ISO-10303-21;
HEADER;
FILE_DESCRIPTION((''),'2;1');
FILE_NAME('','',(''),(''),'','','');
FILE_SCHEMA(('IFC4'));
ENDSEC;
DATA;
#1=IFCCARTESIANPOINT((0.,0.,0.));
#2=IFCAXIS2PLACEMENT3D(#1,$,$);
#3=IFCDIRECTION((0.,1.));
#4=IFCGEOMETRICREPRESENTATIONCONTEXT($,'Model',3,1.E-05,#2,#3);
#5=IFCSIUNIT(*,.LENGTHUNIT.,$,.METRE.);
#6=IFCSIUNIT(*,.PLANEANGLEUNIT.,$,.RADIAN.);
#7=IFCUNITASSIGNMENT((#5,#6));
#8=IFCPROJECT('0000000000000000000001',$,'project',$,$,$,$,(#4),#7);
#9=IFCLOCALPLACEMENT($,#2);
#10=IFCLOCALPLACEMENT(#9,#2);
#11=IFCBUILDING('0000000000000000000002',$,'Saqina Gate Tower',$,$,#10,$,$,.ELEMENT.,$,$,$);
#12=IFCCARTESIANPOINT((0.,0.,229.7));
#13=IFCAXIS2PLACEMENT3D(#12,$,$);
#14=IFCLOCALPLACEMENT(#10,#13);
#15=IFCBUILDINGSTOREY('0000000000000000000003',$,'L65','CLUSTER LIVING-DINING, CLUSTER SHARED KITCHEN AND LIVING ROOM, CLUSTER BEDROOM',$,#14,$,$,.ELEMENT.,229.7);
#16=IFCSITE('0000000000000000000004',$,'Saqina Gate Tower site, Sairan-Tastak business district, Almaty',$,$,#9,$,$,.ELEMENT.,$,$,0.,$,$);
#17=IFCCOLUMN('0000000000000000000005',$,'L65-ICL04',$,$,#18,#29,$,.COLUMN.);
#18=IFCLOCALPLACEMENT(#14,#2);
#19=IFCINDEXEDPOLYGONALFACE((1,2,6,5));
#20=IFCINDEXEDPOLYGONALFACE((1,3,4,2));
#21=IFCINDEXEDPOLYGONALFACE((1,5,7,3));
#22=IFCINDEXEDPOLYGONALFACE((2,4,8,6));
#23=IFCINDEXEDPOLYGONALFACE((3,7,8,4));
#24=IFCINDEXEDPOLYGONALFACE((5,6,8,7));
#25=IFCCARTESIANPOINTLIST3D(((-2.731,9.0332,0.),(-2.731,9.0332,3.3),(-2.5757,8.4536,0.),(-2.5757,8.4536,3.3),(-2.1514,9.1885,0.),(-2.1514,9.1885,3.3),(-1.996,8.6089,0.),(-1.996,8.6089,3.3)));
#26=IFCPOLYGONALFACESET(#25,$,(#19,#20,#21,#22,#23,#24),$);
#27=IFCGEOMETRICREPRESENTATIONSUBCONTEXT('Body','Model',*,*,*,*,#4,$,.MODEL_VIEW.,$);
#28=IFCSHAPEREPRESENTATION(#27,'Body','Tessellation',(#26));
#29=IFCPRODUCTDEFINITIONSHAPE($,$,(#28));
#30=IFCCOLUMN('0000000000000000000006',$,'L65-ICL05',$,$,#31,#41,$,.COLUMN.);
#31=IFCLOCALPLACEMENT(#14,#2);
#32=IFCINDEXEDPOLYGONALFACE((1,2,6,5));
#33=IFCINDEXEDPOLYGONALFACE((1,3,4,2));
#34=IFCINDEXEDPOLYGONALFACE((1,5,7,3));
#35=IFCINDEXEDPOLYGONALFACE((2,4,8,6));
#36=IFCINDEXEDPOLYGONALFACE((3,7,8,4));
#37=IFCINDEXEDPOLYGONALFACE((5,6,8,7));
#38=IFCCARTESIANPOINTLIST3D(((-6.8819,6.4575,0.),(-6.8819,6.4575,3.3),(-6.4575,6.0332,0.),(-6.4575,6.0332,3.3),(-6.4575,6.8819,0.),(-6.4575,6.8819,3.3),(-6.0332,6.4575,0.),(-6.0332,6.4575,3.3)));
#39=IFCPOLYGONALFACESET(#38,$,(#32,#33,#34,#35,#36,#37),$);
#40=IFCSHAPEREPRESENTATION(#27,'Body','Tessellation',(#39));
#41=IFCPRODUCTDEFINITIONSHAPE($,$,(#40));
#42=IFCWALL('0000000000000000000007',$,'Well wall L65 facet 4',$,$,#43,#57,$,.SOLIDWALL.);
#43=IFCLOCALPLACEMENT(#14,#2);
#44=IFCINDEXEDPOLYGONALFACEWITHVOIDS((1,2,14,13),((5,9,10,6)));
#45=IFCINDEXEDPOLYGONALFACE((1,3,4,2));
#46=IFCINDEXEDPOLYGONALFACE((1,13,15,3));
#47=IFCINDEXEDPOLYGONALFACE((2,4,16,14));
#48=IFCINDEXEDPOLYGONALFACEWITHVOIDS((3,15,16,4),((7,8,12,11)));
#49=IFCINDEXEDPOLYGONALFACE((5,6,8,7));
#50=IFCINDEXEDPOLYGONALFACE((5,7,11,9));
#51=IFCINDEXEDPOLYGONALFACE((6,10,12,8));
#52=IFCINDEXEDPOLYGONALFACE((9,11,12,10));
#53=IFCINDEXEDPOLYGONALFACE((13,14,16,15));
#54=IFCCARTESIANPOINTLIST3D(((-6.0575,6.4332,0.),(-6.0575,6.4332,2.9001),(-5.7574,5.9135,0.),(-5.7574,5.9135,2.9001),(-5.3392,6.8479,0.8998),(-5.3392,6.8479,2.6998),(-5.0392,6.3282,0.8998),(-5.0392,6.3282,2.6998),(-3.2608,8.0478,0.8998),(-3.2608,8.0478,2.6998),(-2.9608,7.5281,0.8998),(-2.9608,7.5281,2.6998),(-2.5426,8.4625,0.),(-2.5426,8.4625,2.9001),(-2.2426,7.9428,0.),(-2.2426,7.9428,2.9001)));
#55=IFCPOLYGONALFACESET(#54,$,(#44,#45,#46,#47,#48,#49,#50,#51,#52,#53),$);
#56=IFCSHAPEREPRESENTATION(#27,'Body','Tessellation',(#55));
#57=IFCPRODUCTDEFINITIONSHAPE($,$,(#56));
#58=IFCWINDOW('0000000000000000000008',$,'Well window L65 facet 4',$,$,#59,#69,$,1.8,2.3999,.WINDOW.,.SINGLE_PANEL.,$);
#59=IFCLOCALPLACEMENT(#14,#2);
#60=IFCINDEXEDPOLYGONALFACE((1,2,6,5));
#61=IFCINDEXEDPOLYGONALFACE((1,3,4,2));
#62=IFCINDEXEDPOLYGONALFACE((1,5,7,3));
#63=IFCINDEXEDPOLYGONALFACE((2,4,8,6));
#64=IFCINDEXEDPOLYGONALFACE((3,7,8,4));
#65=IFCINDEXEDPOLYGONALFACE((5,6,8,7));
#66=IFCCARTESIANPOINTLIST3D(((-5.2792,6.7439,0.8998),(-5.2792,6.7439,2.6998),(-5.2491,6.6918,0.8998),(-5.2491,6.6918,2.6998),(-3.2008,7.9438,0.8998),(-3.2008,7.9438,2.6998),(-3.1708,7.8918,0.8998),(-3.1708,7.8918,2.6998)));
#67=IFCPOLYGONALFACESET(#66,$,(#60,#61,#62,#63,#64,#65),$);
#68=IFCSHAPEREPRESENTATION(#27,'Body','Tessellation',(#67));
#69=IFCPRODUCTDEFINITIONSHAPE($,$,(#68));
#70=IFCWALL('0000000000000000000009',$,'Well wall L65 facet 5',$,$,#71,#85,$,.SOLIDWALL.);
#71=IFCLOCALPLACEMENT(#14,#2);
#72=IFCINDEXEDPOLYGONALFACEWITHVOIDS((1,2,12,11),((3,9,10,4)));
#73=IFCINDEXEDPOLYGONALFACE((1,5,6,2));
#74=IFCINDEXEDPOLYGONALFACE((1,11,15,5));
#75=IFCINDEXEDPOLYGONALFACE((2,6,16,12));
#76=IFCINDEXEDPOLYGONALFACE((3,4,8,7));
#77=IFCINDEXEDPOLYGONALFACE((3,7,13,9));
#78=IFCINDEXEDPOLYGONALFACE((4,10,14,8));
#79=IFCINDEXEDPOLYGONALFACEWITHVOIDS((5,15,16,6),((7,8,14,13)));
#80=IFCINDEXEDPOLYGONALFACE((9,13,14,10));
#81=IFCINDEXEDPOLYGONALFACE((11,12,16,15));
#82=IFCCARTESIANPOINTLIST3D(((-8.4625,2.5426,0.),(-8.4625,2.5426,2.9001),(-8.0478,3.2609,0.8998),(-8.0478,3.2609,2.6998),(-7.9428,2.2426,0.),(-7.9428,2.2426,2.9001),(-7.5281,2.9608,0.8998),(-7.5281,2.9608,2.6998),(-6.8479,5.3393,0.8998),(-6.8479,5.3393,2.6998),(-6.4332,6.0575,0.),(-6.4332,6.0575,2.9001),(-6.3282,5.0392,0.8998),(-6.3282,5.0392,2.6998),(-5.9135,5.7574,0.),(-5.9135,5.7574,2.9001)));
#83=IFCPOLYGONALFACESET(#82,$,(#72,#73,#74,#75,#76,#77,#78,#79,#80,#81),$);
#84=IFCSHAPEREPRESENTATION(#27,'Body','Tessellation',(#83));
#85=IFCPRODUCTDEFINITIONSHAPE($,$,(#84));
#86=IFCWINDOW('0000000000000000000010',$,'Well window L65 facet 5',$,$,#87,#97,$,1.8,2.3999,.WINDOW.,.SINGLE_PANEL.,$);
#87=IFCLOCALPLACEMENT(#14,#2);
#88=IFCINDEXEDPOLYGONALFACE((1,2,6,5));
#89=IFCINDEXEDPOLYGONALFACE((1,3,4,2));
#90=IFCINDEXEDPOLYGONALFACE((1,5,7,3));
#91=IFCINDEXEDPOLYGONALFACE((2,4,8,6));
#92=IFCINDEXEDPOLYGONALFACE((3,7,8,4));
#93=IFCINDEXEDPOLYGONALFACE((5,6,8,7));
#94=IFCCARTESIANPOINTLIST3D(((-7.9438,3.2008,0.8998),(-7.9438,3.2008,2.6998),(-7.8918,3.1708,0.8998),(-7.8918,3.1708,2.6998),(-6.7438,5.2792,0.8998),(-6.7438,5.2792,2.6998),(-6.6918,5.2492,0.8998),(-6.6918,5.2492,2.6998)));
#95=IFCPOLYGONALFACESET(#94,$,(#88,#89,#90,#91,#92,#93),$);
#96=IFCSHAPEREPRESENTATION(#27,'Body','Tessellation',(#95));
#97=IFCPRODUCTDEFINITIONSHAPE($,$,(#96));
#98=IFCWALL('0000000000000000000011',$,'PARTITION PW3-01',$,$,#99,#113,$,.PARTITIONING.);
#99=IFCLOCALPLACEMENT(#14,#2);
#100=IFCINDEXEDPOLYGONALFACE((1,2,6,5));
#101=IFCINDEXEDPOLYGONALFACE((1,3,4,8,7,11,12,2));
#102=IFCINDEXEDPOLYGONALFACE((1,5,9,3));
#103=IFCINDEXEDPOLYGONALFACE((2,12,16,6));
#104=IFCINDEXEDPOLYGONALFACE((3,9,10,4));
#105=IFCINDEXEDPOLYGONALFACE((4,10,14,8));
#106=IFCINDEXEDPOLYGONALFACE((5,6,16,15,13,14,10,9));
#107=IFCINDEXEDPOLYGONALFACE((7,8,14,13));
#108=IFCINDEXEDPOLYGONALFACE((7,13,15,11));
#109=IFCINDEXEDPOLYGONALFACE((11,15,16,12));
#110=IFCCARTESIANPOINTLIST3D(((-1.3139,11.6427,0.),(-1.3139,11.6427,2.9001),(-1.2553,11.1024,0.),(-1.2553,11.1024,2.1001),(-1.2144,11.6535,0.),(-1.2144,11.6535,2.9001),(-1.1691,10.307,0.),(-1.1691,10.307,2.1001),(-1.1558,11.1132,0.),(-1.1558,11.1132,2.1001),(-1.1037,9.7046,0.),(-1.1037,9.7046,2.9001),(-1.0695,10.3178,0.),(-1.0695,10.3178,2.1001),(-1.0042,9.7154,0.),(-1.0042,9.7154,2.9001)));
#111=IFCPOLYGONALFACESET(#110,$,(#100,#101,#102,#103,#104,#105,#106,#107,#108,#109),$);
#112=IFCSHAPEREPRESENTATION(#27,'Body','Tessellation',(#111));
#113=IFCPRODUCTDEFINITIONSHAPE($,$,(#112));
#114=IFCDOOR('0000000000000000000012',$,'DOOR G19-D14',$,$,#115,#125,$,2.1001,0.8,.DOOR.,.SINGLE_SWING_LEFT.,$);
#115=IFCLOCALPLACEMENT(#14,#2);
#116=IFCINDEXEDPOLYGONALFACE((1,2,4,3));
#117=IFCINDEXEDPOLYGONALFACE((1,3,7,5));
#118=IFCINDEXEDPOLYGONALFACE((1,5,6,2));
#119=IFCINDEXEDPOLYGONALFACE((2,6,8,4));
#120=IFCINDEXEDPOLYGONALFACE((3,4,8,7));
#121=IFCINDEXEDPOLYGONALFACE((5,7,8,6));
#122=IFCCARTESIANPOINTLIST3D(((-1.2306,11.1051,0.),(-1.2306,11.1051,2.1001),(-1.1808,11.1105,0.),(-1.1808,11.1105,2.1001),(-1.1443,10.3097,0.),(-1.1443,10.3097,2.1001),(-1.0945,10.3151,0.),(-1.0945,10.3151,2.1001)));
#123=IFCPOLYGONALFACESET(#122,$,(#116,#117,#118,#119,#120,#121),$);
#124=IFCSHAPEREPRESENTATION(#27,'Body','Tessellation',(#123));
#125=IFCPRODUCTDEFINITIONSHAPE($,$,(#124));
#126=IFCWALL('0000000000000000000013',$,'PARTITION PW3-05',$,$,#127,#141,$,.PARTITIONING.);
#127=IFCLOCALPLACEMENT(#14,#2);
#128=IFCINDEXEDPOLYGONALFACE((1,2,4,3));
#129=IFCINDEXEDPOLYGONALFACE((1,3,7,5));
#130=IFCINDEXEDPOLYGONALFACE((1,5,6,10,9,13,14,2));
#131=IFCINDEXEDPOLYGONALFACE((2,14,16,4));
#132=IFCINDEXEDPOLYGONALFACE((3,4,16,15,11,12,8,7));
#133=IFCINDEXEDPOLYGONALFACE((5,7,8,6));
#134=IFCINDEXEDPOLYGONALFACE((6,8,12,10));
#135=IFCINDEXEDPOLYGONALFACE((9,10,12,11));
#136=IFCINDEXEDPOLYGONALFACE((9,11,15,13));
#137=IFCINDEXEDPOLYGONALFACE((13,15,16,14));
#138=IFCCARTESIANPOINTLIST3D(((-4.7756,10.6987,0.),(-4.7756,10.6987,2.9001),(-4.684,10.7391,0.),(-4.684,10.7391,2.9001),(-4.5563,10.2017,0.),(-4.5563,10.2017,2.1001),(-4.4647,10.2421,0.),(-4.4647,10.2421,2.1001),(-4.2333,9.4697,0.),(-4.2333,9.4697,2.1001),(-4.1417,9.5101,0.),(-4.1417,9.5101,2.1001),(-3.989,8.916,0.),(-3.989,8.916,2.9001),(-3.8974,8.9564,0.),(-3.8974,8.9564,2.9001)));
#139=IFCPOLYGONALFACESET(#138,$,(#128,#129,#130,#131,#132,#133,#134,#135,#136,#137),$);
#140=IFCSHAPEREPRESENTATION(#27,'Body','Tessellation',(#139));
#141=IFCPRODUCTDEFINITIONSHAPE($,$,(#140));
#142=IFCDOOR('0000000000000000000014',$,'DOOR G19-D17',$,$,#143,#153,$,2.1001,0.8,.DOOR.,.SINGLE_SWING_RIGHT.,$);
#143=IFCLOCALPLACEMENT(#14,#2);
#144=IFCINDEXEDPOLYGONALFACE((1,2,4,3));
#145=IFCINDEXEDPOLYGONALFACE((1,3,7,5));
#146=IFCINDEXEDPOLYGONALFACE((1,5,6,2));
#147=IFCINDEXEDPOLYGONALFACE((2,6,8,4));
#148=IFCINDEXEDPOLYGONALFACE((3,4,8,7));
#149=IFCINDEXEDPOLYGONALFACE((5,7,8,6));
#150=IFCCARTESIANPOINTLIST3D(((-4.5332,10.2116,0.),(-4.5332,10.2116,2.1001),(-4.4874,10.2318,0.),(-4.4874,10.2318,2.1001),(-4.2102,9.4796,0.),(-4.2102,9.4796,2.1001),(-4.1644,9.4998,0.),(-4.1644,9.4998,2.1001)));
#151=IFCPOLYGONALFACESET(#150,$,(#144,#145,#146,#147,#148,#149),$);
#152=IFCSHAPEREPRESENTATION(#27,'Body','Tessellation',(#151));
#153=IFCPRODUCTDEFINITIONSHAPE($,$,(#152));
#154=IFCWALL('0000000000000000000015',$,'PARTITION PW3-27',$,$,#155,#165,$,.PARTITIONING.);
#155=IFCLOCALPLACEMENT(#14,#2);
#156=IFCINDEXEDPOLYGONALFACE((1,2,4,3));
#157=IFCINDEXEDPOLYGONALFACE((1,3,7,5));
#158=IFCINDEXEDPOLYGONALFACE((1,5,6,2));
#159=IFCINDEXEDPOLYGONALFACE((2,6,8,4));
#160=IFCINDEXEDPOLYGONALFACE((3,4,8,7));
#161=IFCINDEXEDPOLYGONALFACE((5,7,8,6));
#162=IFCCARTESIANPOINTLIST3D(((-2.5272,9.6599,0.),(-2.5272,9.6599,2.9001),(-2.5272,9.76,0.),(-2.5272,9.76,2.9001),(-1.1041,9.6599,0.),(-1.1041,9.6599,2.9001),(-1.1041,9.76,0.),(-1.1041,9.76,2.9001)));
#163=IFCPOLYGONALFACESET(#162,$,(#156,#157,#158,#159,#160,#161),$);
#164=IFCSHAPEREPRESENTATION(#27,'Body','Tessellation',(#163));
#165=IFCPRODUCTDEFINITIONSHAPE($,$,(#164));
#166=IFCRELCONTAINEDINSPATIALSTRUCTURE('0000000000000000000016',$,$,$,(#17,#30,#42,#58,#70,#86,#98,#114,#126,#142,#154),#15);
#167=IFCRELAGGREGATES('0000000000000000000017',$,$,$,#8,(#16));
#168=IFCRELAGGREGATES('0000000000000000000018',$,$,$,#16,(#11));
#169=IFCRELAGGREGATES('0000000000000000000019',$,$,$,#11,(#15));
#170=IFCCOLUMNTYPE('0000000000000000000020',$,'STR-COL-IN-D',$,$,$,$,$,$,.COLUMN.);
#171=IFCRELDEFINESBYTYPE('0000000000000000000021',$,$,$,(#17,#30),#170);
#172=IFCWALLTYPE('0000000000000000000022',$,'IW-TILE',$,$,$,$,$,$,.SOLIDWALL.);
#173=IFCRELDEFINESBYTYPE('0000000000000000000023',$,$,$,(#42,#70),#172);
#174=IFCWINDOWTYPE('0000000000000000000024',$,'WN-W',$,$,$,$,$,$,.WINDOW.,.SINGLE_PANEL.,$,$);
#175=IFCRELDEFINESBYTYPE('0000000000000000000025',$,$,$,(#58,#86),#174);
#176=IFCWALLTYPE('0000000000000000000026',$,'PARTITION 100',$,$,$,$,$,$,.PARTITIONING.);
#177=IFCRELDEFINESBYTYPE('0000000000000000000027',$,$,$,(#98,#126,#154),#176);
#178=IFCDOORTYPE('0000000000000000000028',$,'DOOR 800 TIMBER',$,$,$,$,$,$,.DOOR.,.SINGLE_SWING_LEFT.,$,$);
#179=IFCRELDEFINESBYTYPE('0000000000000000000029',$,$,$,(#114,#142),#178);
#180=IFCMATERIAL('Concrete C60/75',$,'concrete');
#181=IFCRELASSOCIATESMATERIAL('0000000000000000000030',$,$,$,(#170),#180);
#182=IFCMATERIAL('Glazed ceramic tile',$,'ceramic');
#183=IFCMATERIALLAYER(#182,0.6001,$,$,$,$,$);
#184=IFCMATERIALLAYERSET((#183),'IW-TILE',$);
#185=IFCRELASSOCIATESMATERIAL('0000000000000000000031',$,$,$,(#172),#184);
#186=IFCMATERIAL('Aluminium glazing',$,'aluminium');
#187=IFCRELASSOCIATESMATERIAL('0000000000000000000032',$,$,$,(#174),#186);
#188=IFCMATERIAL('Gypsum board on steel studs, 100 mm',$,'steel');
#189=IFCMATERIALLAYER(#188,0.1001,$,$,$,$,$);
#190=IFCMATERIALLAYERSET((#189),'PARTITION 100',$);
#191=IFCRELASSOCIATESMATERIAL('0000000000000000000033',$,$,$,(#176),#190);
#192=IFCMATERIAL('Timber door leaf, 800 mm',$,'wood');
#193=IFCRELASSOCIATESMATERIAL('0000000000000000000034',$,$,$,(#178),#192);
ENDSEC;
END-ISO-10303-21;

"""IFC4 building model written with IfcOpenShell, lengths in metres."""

from ifc_helpers import new_model, si_unit, direction, frame, frame_2d, origin, origin_2d, place, context, subcontext, project, spatial, rectangle, extrude, material, layer, layer_set, material_profile, profile_set, type_object, element, fill, save


model = new_model("IFC4")

# Units and contexts
model_context = context("Model", 3, precision=1e-05, world=origin(), true_north=direction((0.0, 1.0)))
body_context = subcontext(model_context, "Body", "Model", "MODEL_VIEW")
ifc_project = project(units=[si_unit("LENGTHUNIT", "METRE"), si_unit("PLANEANGLEUNIT", "RADIAN")], contexts=[model_context])

# Site, building, storey
site_placement = place(None, origin())
site = spatial("IfcSite", under=ifc_project, at=site_placement, Name="Saqina Gate Tower site, Sairan-Tastak business district, Almaty", CompositionType="ELEMENT", RefElevation=0.0)
building_placement = place(site_placement, origin())
building = spatial("IfcBuilding", under=site, at=building_placement, Name="Saqina Gate Tower", CompositionType="ELEMENT")
storey_placement = place(building_placement, frame((0.0, 0.0, 229.7)))
storey = spatial("IfcBuildingStorey", under=building, at=storey_placement, Name="L65", Description="CLUSTER LIVING-DINING, CLUSTER SHARED KITCHEN AND LIVING ROOM, CLUSTER BEDROOM", CompositionType="ELEMENT", Elevation=229.7)

# Columns
ifc_material_1 = material(Name="Concrete C60/75", Category="concrete")
ifc_material_profile = material_profile(ifc_material_1, rectangle(XDim=0.6001, YDim=0.6001, at=origin_2d()), Name="RC 600x600")
ifc_profile_set = profile_set([ifc_material_profile], Name="Concrete C60/75")
column_type = type_object("IfcColumnType", Name="STR-COL-IN-D", PredefinedType="COLUMN", material=ifc_profile_set)
for number, where, z_axis, x_axis, name in (
    (1, (-2.3635, 8.821, 0.0), (0.0, 0.0, 1.0), (-0.258819, 0.965926, 0.0), "L65-ICL04"),
    (2, (-6.4575, 6.4575, 0.0), (0.0, 0.0, 1.0), (-0.707107, 0.707107, 0.0), "L65-ICL05"),
):
    element("IfcColumn", number, at=place(storey_placement, frame(where, z_axis=z_axis, x_axis=x_axis)), inside=storey, type_object=column_type, Name=name, PredefinedType="COLUMN", context=body_context, shape_type="SweptSolid", body=[
        extrude(rectangle(XDim=0.6001, YDim=0.6001, at=origin_2d()), origin(), (0.0, 0.0, 1.0), 3.3),
    ])

# Walls, openings, windows
ifc_material_2 = material(Name="Glazed ceramic tile", Category="ceramic")
ifc_layer_1 = layer(ifc_material_2, 0.6001)
ifc_layer_set_1 = layer_set([ifc_layer_1], Name="IW-TILE")
wall_type_1 = type_object("IfcWallType", Name="IW-TILE", PredefinedType="SOLIDWALL", material=ifc_layer_set_1)
wall_1_placement = place(storey_placement, frame((-2.3926, 8.2026, 0.0), z_axis=(0.0, 0.0, 1.0), x_axis=(-0.866028, -0.499995, 0.0)))
wall_1 = element("IfcWall", 3, at=wall_1_placement, inside=storey, type_object=wall_type_1, Name="Well wall L65 facet 4", PredefinedType="SOLIDWALL", context=body_context, shape_type="SweptSolid", body=[
    extrude(rectangle(XDim=4.0586, YDim=0.6001, at=frame_2d((2.0293, 0.0))), origin(), (0.0, 0.0, 1.0), 2.9001),
])
opening_1_placement = place(wall_1_placement, frame((0.8293, 0.0, 0.8999)))
opening_1 = element("IfcOpeningElement", 4, at=opening_1_placement, cuts=wall_1, PredefinedType="OPENING", context=body_context, shape_type="SweptSolid", body=[
    extrude(rectangle(XDim=2.3999, YDim=1.8, at=frame_2d((1.2, 0.8999))), frame((0.0, 0.312, 0.0), z_axis=(0.0, -1.0, 0.0), x_axis=(1.0, 0.0, 0.0)), (0.0, 0.0, 1.0), 0.624),
])
ifc_material_3 = material(Name="Aluminium glazing", Category="aluminium")
window_type = type_object("IfcWindowType", Name="WN-W", PartitioningType="SINGLE_PANEL", PredefinedType="WINDOW", material=ifc_material_3)
window_1_placement = place(opening_1_placement, origin())
window_1 = element("IfcWindow", 5, at=window_1_placement, inside=storey, type_object=window_type, Name="Well window L65 facet 4", OverallHeight=1.8, OverallWidth=2.3999, PartitioningType="SINGLE_PANEL", PredefinedType="WINDOW", context=body_context, shape_type="SweptSolid", body=[
    extrude(rectangle(XDim=2.3999, YDim=1.8, at=frame_2d((1.2, 0.8999))), frame((0.0, -0.1199, 0.0), z_axis=(0.0, -1.0, 0.0), x_axis=(1.0, 0.0, 0.0)), (0.0, 0.0, 1.0), 0.0601),
])
fill(opening_1, window_1)
wall_2_placement = place(storey_placement, frame((-6.1733, 5.9075, 0.0), z_axis=(0.0, 0.0, 1.0), x_axis=(-0.499995, -0.866028, 0.0)))
wall_2 = element("IfcWall", 6, at=wall_2_placement, inside=storey, type_object=wall_type_1, Name="Well wall L65 facet 5", PredefinedType="SOLIDWALL", context=body_context, shape_type="SweptSolid", body=[
    extrude(rectangle(XDim=4.0586, YDim=0.6001, at=frame_2d((2.0293, 0.0))), origin(), (0.0, 0.0, 1.0), 2.9001),
])
opening_2_placement = place(wall_2_placement, frame((0.8293, 0.0, 0.8999)))
opening_2 = element("IfcOpeningElement", 7, at=opening_2_placement, cuts=wall_2, PredefinedType="OPENING", context=body_context, shape_type="SweptSolid", body=[
    extrude(rectangle(XDim=2.3999, YDim=1.8, at=frame_2d((1.2, 0.8999))), frame((0.0, 0.312, 0.0), z_axis=(0.0, -1.0, 0.0), x_axis=(1.0, 0.0, 0.0)), (0.0, 0.0, 1.0), 0.624),
])
window_2_placement = place(opening_2_placement, origin())
window_2 = element("IfcWindow", 8, at=window_2_placement, inside=storey, type_object=window_type, Name="Well window L65 facet 5", OverallHeight=1.8, OverallWidth=2.3999, PartitioningType="SINGLE_PANEL", PredefinedType="WINDOW", context=body_context, shape_type="SweptSolid", body=[
    extrude(rectangle(XDim=2.3999, YDim=1.8, at=frame_2d((1.2, 0.8999))), frame((0.0, -0.1199, 0.0), z_axis=(0.0, -1.0, 0.0), x_axis=(1.0, 0.0, 0.0)), (0.0, 0.0, 1.0), 0.0601),
])
fill(opening_2, window_2)

# Walls, openings, doors
ifc_material_4 = material(Name="Gypsum board on steel studs, 100 mm", Category="steel")
ifc_layer_2 = layer(ifc_material_4, 0.1001)
ifc_layer_set_2 = layer_set([ifc_layer_2], Name="PARTITION 100")
wall_type_2 = type_object("IfcWallType", Name="PARTITION 100", PredefinedType="PARTITIONING", material=ifc_layer_set_2)
wall_3_placement = place(storey_placement, frame((-1.2642, 11.6479, 0.0), z_axis=(0.0, 0.0, 1.0), x_axis=(0.107833, -0.994169, 0.0)))
wall_3 = element("IfcWall", 9, at=wall_3_placement, inside=storey, type_object=wall_type_2, Name="PARTITION PW3-01", PredefinedType="PARTITIONING", context=body_context, shape_type="SweptSolid", body=[
    extrude(rectangle(XDim=1.9495, YDim=0.1001, at=frame_2d((0.9746, 0.0))), origin(), (0.0, 0.0, 1.0), 2.9001),
])
opening_3_placement = place(wall_3_placement, frame((0.5435, 0.0, 0.0)))
opening_3 = element("IfcOpeningElement", 10, at=opening_3_placement, cuts=wall_3, PredefinedType="OPENING", context=body_context, shape_type="SweptSolid", body=[
    extrude(rectangle(XDim=0.8, YDim=2.1001, at=frame_2d((0.3999, 1.05))), frame((0.0, 0.062, 0.0), z_axis=(0.0, -1.0, 0.0), x_axis=(1.0, 0.0, 0.0)), (0.0, 0.0, 1.0), 0.124),
])
ifc_material_5 = material(Name="Timber door leaf, 800 mm", Category="wood")
door_type_1 = type_object("IfcDoorType", Name="DOOR 800 TIMBER", OperationType="SINGLE_SWING_LEFT", PredefinedType="DOOR", material=ifc_material_5)
door_1_placement = place(opening_3_placement, origin())
door_1 = element("IfcDoor", 11, at=door_1_placement, inside=storey, type_object=door_type_1, Name="DOOR G19-D14", OperationType="SINGLE_SWING_LEFT", OverallHeight=2.1001, OverallWidth=0.8, PredefinedType="DOOR", context=body_context, shape_type="SweptSolid", body=[
    extrude(rectangle(XDim=0.8, YDim=2.1001, at=frame_2d((0.3999, 1.05))), frame((0.0, 0.0249, 0.0), z_axis=(0.0, -1.0, 0.0), x_axis=(1.0, 0.0, 0.0)), (0.0, 0.0, 1.0), 0.05),
])
fill(opening_3, door_1)
wall_4_placement = place(storey_placement, frame((-4.7297, 10.7188, 0.0), z_axis=(0.0, 0.0, 1.0), x_axis=(0.403696, -0.914893, 0.0)))
wall_4 = element("IfcWall", 12, at=wall_4_placement, inside=storey, type_object=wall_type_2, Name="PARTITION PW3-05", PredefinedType="PARTITIONING", context=body_context, shape_type="SweptSolid", body=[
    extrude(rectangle(XDim=1.9485, YDim=0.1001, at=frame_2d((0.9741, 0.0))), origin(), (0.0, 0.0, 1.0), 2.9001),
])
opening_4_placement = place(wall_4_placement, frame((0.5432, 0.0, 0.0)))
opening_4 = element("IfcOpeningElement", 13, at=opening_4_placement, cuts=wall_4, PredefinedType="OPENING", context=body_context, shape_type="SweptSolid", body=[
    extrude(rectangle(XDim=0.8, YDim=2.1001, at=frame_2d((0.3999, 1.05))), frame((0.0, 0.062, 0.0), z_axis=(0.0, -1.0, 0.0), x_axis=(1.0, 0.0, 0.0)), (0.0, 0.0, 1.0), 0.124),
])
door_2_placement = place(opening_4_placement, frame((0.8, 0.0, 0.0), z_axis=(0.0, 0.0, 1.0), x_axis=(-1.0, 0.0, 0.0)))
door_2 = element("IfcDoor", 14, at=door_2_placement, inside=storey, type_object=door_type_1, Name="DOOR G19-D17", OperationType="SINGLE_SWING_RIGHT", OverallHeight=2.1001, OverallWidth=0.8, PredefinedType="DOOR", context=body_context, shape_type="SweptSolid", body=[
    extrude(rectangle(XDim=0.8, YDim=2.1001, at=frame_2d((0.3999, 1.05))), frame((0.0, 0.0249, 0.0), z_axis=(0.0, -1.0, 0.0), x_axis=(1.0, 0.0, 0.0)), (0.0, 0.0, 1.0), 0.05),
])
fill(opening_4, door_2)

# Wall
wall_5_placement = place(storey_placement, frame((-2.5271, 9.71, 0.0), z_axis=(0.0, 0.0, 1.0), x_axis=(1.0, 0.0, 0.0)))
element("IfcWall", 15, at=wall_5_placement, inside=storey, type_object=wall_type_2, Name="PARTITION PW3-27", PredefinedType="PARTITIONING", context=body_context, shape_type="SweptSolid", body=[
    extrude(rectangle(XDim=1.4231, YDim=0.1001, at=frame_2d((0.7114, 0.0))), origin(), (0.0, 0.0, 1.0), 2.9001),
])

save(model, "model.ifc")
